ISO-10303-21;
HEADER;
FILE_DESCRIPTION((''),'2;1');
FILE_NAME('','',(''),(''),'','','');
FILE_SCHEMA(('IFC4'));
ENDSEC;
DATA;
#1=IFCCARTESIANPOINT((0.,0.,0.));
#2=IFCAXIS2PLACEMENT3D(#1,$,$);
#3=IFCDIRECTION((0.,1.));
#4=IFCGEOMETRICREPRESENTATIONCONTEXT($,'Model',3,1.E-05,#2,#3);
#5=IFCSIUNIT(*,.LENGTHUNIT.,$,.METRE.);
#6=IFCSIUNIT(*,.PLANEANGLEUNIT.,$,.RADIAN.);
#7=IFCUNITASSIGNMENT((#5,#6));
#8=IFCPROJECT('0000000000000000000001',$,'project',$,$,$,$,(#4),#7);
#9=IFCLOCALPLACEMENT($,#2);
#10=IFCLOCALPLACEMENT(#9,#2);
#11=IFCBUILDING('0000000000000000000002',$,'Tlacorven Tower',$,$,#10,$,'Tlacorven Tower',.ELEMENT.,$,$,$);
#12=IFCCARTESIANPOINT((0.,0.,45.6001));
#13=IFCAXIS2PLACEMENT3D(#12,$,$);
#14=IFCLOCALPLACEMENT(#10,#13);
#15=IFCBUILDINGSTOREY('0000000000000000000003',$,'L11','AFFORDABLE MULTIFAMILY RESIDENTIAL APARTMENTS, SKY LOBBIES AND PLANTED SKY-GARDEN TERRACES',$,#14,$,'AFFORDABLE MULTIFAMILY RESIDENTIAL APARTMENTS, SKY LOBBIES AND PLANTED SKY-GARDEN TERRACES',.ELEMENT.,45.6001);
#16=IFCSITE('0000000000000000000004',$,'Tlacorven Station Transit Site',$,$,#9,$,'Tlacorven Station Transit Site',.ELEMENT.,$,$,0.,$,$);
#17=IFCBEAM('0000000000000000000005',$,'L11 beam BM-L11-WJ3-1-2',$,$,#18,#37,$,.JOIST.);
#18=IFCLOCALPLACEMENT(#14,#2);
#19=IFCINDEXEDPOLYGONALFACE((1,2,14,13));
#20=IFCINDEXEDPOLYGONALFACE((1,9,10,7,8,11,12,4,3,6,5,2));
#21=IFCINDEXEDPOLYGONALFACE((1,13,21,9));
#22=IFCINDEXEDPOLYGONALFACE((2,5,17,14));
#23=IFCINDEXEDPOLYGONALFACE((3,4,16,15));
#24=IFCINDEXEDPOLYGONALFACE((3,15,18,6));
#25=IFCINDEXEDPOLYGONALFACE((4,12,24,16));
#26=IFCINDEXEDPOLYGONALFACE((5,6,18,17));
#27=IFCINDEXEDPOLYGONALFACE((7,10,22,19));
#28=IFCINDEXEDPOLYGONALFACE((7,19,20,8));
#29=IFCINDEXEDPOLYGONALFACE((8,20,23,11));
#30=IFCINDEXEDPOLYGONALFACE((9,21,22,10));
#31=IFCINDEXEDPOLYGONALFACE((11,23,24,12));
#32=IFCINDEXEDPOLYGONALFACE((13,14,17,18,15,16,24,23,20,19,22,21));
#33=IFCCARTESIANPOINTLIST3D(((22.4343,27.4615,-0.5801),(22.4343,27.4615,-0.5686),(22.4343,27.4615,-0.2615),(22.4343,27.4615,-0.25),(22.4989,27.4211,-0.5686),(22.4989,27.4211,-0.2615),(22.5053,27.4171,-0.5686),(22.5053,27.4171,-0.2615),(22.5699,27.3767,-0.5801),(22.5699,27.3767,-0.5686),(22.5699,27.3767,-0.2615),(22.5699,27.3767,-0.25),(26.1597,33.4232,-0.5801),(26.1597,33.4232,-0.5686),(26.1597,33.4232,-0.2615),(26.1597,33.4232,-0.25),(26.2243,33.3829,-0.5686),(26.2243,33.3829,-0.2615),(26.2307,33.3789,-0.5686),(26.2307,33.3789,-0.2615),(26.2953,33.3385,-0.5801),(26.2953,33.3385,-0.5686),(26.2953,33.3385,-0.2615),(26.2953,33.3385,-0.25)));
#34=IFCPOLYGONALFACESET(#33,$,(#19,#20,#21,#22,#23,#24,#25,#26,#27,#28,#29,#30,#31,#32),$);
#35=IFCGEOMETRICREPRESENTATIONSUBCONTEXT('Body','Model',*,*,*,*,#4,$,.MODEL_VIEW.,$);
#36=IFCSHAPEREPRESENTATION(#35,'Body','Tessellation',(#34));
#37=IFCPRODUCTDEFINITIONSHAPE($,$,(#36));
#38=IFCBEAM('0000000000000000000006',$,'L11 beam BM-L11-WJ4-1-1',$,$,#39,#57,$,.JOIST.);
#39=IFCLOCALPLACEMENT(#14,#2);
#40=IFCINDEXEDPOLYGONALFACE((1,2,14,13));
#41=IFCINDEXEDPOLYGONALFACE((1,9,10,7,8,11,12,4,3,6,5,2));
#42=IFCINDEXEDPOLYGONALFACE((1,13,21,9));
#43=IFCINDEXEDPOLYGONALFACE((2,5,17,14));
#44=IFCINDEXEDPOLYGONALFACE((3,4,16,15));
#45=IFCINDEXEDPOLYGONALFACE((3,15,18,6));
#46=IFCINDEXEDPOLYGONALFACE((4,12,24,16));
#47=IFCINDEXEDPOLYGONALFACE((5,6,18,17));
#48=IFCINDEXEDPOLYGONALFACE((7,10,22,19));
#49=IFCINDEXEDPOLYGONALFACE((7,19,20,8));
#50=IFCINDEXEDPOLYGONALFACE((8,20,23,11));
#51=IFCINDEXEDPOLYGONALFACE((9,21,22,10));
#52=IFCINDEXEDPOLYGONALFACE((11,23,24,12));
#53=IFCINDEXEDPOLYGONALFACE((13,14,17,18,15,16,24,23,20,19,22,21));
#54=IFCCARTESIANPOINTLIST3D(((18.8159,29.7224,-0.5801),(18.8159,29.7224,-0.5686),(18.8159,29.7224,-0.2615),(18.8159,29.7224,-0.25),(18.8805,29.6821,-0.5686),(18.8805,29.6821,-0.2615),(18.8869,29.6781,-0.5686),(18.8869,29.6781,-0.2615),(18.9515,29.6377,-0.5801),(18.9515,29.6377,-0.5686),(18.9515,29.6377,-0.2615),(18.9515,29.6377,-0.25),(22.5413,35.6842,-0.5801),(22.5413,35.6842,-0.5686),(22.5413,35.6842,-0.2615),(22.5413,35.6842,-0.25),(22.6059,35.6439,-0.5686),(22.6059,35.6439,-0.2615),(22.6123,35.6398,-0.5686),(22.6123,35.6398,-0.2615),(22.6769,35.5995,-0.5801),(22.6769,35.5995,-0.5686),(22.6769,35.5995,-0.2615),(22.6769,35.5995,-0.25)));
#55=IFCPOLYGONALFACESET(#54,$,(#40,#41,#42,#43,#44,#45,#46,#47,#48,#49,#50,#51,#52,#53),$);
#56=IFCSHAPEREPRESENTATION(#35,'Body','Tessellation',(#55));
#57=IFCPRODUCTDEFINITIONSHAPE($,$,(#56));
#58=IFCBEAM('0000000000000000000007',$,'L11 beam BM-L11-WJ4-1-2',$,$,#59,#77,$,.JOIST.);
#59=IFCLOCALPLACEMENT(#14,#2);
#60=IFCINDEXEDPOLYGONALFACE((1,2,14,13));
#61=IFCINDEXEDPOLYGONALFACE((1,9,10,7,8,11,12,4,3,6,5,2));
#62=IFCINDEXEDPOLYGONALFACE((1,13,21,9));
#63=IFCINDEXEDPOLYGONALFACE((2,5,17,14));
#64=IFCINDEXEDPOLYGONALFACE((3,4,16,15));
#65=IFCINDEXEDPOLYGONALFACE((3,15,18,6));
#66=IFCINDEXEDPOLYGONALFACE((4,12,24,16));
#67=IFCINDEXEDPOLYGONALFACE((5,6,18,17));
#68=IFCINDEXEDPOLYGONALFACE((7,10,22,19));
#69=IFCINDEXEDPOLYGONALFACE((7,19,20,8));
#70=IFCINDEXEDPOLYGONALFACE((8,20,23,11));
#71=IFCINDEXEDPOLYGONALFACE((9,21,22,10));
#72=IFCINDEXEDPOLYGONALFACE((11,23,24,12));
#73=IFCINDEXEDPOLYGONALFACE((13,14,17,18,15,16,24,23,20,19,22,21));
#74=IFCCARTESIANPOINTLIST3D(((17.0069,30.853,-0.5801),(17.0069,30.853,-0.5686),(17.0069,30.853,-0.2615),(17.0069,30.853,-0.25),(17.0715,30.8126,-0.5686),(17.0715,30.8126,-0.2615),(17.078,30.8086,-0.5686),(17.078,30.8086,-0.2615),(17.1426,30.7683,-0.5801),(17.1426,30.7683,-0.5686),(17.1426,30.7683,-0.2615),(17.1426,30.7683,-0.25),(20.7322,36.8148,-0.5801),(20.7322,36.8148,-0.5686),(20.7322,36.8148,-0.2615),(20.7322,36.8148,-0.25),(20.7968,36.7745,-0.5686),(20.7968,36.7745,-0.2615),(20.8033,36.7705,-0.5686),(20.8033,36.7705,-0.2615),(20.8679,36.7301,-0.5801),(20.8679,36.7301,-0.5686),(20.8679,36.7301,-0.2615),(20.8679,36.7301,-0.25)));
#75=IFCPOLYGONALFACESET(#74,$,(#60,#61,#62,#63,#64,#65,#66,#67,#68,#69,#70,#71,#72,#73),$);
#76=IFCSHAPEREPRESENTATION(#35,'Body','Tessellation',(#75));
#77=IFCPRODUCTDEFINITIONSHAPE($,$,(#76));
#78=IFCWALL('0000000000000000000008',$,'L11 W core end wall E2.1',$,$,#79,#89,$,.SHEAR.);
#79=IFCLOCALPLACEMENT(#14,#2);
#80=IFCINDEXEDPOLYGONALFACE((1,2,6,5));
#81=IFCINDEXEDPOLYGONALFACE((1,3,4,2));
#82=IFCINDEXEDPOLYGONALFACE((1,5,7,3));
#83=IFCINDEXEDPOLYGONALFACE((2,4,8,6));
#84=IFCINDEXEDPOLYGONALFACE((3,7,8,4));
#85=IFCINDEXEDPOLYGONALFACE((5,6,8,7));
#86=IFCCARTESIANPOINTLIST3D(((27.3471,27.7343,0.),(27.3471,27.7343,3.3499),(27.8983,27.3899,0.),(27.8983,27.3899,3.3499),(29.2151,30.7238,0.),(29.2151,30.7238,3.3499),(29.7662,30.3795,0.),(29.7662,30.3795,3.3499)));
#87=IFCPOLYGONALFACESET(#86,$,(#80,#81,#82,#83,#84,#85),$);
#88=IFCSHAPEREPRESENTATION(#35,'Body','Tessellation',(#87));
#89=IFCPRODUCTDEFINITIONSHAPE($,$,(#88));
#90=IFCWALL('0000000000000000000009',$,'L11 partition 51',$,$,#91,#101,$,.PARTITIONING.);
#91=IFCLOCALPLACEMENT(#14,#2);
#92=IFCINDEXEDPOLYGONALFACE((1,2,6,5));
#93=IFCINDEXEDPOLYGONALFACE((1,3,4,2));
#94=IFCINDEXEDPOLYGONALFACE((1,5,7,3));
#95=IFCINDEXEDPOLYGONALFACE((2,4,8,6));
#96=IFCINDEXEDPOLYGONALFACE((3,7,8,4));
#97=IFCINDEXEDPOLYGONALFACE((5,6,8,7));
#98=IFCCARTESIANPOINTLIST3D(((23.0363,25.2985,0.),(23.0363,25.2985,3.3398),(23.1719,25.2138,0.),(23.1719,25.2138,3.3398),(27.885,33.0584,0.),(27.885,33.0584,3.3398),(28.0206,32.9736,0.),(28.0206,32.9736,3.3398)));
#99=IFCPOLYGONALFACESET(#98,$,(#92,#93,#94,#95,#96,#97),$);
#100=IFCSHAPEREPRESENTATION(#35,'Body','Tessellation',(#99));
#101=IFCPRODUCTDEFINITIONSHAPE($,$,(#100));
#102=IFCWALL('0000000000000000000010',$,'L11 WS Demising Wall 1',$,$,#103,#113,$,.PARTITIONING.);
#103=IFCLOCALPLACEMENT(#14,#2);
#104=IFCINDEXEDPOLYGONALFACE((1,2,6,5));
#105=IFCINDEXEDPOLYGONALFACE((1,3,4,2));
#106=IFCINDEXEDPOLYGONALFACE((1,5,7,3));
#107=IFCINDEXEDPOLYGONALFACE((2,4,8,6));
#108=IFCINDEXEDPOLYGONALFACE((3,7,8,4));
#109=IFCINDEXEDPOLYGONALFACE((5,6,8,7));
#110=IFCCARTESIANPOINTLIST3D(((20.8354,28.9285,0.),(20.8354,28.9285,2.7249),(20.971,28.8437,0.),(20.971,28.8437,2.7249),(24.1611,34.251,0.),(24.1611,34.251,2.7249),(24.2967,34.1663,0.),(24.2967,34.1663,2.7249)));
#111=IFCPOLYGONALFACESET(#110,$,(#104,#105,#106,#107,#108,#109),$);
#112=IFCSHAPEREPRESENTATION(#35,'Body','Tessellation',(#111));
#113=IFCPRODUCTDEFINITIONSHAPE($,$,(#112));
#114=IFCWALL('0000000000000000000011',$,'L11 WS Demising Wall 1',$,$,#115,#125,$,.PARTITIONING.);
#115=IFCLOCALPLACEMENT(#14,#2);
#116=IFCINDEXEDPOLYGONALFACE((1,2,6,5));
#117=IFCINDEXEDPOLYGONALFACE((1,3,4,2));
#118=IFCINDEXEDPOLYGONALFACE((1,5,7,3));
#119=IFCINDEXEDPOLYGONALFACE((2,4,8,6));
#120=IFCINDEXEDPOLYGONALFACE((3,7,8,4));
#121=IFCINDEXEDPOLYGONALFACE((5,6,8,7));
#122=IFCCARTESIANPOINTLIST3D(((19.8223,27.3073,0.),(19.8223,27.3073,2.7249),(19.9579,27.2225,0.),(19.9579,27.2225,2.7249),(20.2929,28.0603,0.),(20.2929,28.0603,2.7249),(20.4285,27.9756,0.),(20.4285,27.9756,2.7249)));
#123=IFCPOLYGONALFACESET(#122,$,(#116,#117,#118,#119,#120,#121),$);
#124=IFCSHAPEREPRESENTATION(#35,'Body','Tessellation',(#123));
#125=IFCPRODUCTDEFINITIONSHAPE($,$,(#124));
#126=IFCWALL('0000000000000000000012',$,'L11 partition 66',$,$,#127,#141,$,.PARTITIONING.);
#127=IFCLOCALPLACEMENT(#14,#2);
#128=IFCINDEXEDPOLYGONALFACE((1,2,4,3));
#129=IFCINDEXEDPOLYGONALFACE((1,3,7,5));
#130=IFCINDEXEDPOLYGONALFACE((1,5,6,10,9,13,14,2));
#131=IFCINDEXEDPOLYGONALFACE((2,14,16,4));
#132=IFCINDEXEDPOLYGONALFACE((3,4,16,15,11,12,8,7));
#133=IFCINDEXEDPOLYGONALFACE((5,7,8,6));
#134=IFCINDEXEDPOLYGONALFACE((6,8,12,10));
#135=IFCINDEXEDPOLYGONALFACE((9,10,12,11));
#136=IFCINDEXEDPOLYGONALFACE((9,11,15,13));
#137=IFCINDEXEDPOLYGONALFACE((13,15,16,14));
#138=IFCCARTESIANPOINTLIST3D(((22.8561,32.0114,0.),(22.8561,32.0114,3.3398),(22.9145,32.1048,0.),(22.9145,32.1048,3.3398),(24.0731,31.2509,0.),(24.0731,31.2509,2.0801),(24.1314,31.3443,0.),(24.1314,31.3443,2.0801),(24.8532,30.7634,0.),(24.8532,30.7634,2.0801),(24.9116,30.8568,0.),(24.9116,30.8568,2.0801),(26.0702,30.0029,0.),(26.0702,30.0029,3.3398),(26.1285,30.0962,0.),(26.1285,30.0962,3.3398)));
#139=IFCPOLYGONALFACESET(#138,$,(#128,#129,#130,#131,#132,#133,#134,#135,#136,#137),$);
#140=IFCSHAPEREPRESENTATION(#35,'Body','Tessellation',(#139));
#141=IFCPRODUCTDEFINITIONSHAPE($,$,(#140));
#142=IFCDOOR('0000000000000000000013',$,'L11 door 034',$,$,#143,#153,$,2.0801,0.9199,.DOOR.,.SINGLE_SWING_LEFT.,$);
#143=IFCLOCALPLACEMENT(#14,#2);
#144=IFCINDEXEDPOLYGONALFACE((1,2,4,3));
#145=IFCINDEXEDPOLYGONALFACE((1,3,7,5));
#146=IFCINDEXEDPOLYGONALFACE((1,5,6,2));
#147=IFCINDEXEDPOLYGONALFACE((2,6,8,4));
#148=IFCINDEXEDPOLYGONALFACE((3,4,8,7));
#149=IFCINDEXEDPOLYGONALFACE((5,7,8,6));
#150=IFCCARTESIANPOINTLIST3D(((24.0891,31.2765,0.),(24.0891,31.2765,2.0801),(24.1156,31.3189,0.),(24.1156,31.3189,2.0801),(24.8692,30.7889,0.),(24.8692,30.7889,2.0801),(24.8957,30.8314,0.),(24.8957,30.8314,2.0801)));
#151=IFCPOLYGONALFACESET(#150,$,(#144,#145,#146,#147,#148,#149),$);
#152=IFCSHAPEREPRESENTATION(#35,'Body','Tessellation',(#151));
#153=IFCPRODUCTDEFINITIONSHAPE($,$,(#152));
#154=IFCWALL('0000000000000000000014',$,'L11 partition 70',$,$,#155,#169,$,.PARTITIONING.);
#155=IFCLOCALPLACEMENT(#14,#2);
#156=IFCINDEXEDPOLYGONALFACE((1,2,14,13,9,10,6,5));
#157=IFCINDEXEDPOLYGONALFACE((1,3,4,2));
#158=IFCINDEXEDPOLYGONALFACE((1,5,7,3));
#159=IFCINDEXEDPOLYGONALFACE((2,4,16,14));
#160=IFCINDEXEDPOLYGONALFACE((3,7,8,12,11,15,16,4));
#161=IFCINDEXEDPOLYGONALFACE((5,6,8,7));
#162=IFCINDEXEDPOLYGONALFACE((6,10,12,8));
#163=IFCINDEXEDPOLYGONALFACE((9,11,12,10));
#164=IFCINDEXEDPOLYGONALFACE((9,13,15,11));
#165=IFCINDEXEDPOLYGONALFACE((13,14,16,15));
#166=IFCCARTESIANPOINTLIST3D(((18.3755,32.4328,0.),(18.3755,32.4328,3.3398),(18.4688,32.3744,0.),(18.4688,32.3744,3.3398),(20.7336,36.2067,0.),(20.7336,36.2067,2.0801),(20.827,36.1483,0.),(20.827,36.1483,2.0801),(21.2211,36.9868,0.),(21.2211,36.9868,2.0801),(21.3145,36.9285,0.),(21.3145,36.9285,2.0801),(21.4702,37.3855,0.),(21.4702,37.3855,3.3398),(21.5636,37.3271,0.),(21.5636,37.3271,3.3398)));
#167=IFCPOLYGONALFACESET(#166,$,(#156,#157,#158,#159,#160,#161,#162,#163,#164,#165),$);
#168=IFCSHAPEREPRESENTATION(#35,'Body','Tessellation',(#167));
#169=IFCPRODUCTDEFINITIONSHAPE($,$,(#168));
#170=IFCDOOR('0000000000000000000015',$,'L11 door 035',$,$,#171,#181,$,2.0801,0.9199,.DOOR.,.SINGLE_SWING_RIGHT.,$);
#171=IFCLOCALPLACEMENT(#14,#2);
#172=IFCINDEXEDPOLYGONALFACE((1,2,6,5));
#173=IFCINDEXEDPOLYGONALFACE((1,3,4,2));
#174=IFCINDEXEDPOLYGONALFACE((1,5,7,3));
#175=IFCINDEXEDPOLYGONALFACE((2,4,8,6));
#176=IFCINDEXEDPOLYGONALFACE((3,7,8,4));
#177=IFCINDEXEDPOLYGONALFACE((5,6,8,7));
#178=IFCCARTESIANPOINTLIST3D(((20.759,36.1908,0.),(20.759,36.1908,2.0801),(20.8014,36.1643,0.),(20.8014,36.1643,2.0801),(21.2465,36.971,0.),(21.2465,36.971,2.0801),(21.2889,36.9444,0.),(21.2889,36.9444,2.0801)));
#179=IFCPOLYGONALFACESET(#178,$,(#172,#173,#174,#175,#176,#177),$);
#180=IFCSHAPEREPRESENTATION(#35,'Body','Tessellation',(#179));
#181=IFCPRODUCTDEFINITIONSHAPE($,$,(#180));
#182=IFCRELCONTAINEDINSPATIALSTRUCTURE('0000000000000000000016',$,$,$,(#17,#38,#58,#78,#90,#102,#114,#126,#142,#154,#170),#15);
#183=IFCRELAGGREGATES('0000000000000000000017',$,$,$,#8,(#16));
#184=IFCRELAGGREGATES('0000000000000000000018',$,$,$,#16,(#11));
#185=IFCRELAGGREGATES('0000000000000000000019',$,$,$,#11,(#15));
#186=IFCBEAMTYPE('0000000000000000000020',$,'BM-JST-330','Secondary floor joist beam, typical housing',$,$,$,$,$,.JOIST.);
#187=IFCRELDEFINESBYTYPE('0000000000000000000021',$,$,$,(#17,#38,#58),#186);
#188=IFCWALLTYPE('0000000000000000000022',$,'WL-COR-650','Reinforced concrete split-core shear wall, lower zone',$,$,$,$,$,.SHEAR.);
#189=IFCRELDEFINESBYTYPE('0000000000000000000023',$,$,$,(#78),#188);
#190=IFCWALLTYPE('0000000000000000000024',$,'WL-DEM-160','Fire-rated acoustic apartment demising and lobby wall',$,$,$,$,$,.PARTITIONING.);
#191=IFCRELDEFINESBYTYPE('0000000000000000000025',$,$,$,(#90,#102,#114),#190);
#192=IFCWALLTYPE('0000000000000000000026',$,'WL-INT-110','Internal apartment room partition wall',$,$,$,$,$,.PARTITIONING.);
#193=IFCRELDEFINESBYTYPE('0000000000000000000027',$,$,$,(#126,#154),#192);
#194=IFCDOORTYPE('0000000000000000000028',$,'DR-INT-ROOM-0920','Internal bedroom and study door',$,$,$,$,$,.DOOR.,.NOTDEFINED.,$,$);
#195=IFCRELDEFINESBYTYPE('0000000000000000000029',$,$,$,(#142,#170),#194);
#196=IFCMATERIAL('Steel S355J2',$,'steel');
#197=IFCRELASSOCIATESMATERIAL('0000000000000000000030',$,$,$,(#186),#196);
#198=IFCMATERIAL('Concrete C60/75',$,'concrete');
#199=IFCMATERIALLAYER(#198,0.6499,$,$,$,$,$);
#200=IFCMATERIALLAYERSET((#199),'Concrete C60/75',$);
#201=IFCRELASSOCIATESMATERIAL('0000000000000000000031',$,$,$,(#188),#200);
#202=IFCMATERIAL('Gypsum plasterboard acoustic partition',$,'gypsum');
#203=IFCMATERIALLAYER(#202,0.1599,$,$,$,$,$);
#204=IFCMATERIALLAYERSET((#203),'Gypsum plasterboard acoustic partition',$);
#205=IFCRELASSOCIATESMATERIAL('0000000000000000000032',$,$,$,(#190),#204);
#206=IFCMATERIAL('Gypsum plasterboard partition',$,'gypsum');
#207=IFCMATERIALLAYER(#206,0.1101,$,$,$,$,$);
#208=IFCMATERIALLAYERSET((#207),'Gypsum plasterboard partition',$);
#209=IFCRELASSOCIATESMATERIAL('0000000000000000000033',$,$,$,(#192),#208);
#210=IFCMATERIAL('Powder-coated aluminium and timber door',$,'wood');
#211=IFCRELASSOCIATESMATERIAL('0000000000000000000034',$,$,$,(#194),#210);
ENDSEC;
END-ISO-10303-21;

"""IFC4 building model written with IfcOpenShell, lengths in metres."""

from ifc_helpers import new_model, si_unit, direction, frame, frame_2d, origin, origin_2d, place, context, subcontext, project, spatial, rectangle, i_section, extrude, source, transform, mapped, material, layer, layer_set, material_profile, profile_set, type_object, element, fill, save


model = new_model("IFC4")

# Units and contexts
model_context = context("Model", 3, precision=1e-05, world=origin(), true_north=direction((0.0, 1.0)))
body_context = subcontext(model_context, "Body", "Model", "MODEL_VIEW")
ifc_project = project(units=[si_unit("LENGTHUNIT", "METRE"), si_unit("PLANEANGLEUNIT", "RADIAN")], contexts=[model_context])

# Site, building, storey
site_placement = place(None, origin())
site = spatial("IfcSite", under=ifc_project, at=site_placement, Name="Tlacorven Station Transit Site", LongName="Tlacorven Station Transit Site", CompositionType="ELEMENT", RefElevation=0.0)
building_placement = place(site_placement, origin())
building = spatial("IfcBuilding", under=site, at=building_placement, Name="Tlacorven Tower", LongName="Tlacorven Tower", CompositionType="ELEMENT")
storey_placement = place(building_placement, frame((0.0, 0.0, 45.6001)))
storey = spatial("IfcBuildingStorey", under=building, at=storey_placement, Name="L11", Description="AFFORDABLE MULTIFAMILY RESIDENTIAL APARTMENTS, SKY LOBBIES AND PLANTED SKY-GARDEN TERRACES", LongName="AFFORDABLE MULTIFAMILY RESIDENTIAL APARTMENTS, SKY LOBBIES AND PLANTED SKY-GARDEN TERRACES", CompositionType="ELEMENT", Elevation=45.6001)

# Beams
ifc_material_1 = material(Name="Steel S355J2", Category="steel")
ifc_material_profile_1 = material_profile(ifc_material_1, i_section(OverallWidth=0.1599, OverallDepth=0.3301, WebThickness=0.0076, FlangeThickness=0.0115, at=origin_2d()), Name="IPE 330")
ifc_profile_set_1 = profile_set([ifc_material_profile_1], Name="Steel S355J2")
beam_type_1 = type_object("IfcBeamType", Name="BM-JST-330", Description="Secondary floor joist beam, typical housing", PredefinedType="JOIST", material=ifc_profile_set_1)
shared_shape_1 = source(origin(), body_context, "Body", "SweptSolid", [
    extrude(i_section(OverallWidth=0.1599, OverallDepth=0.3301, WebThickness=0.0076, FlangeThickness=0.0115, at=origin_2d()), origin(), (0.0, 0.0, 1.0), 7.03),
])
for number, where, z_axis, x_axis, name in (
    (1, (26.2275, 33.3809, -0.415), (-0.529927, -0.848043, 0.0), (0.848043, -0.529927, 0.0), "L11 beam BM-L11-WJ3-1-2"),
    (2, (22.6091, 35.6418, -0.415), (-0.529927, -0.848043, 0.0), (0.848043, -0.529927, 0.0), "L11 beam BM-L11-WJ4-1-1"),
    (3, (20.8, 36.7725, -0.415), (-0.529912, -0.848053, 0.0), (0.848053, -0.529912, 0.0), "L11 beam BM-L11-WJ4-1-2"),
):
    element("IfcBeam", number, at=place(storey_placement, frame(where, z_axis=z_axis, x_axis=x_axis)), inside=storey, type_object=beam_type_1, Name=name, PredefinedType="JOIST", context=body_context, shape_type="MappedRepresentation", body=[
        mapped(shared_shape_1, transform((0.0, 0.0, 0.0), scale=1.0)),
    ])

# Walls
ifc_material_2 = material(Name="Concrete C60/75", Category="concrete")
ifc_layer_1 = layer(ifc_material_2, 0.6499)
ifc_layer_set_1 = layer_set([ifc_layer_1], Name="Concrete C60/75")
wall_type_1 = type_object("IfcWallType", Name="WL-COR-650", Description="Reinforced concrete split-core shear wall, lower zone", PredefinedType="SHEAR", material=ifc_layer_set_1)
wall_1_placement = place(storey_placement, frame((29.4907, 30.5518, 0.0), z_axis=(0.0, 0.0, 1.0), x_axis=(-0.529893, -0.848064, 0.0)))
element("IfcWall", 4, at=wall_1_placement, inside=storey, type_object=wall_type_1, Name="L11 W core end wall E2.1", PredefinedType="SHEAR", context=body_context, shape_type="SweptSolid", body=[
    extrude(rectangle(XDim=3.5251, YDim=0.6499, at=frame_2d((1.7627, 0.0))), origin(), (0.0, 0.0, 1.0), 3.3499),
])
ifc_material_3 = material(Name="Gypsum plasterboard acoustic partition", Category="gypsum")
ifc_layer_2 = layer(ifc_material_3, 0.1599)
ifc_layer_set_2 = layer_set([ifc_layer_2], Name="Gypsum plasterboard acoustic partition")
wall_type_2 = type_object("IfcWallType", Name="WL-DEM-160", Description="Fire-rated acoustic apartment demising and lobby wall", PredefinedType="PARTITIONING", material=ifc_layer_set_2)
wall_2_placement = place(storey_placement, frame((27.9529, 33.0161, 0.0), z_axis=(0.0, 0.0, 1.0), x_axis=(-0.529903, -0.848058, 0.0)))
element("IfcWall", 5, at=wall_2_placement, inside=storey, type_object=wall_type_2, Name="L11 partition 51", PredefinedType="PARTITIONING", context=body_context, shape_type="SweptSolid", body=[
    extrude(rectangle(XDim=9.1501, YDim=0.1599, at=frame_2d((4.5752, 0.0))), origin(), (0.0, 0.0, 1.0), 3.3398),
])
wall_3_placement = place(storey_placement, frame((24.229, 34.2087, 0.0), z_axis=(0.0, 0.0, 1.0), x_axis=(-0.529898, -0.848062, 0.0)))
element("IfcWall", 6, at=wall_3_placement, inside=storey, type_object=wall_type_2, Name="L11 WS Demising Wall 1", PredefinedType="PARTITIONING", context=body_context, shape_type="SweptSolid", body=[
    extrude(rectangle(XDim=6.2761, YDim=0.1599, at=frame_2d((3.1382, 0.0))), origin(), (0.0, 0.0, 1.0), 2.7249),
])
wall_4_placement = place(storey_placement, frame((20.3606, 28.0178, 0.0), z_axis=(0.0, 0.0, 1.0), x_axis=(-0.5299, -0.84806, 0.0)))
element("IfcWall", 7, at=wall_4_placement, inside=storey, type_object=wall_type_2, Name="L11 WS Demising Wall 1", PredefinedType="PARTITIONING", context=body_context, shape_type="SweptSolid", body=[
    extrude(rectangle(XDim=0.8879, YDim=0.1599, at=frame_2d((0.4438, 0.0))), origin(), (0.0, 0.0, 1.0), 2.7249),
])

# Walls, openings, doors
ifc_material_4 = material(Name="Gypsum plasterboard partition", Category="gypsum")
ifc_layer_3 = layer(ifc_material_4, 0.1101)
ifc_layer_set_3 = layer_set([ifc_layer_3], Name="Gypsum plasterboard partition")
wall_type_3 = type_object("IfcWallType", Name="WL-INT-110", Description="Internal apartment room partition wall", PredefinedType="PARTITIONING", material=ifc_layer_set_3)
wall_5_placement = place(storey_placement, frame((26.0994, 30.0496, 0.0), z_axis=(0.0, 0.0, 1.0), x_axis=(-0.848031, 0.529947, 0.0)))
wall_5 = element("IfcWall", 8, at=wall_5_placement, inside=storey, type_object=wall_type_3, Name="L11 partition 66", PredefinedType="PARTITIONING", context=body_context, shape_type="SweptSolid", body=[
    extrude(rectangle(XDim=3.79, YDim=0.1101, at=frame_2d((1.895, 0.0))), origin(), (0.0, 0.0, 1.0), 3.3398),
])
opening_1_placement = place(wall_5_placement, frame((1.4351, 0.0, 0.0)))
opening_1 = element("IfcOpeningElement", 9, at=opening_1_placement, cuts=wall_5, PredefinedType="OPENING", context=body_context, shape_type="SweptSolid", body=[
    extrude(rectangle(XDim=0.9199, YDim=2.0801, at=frame_2d((0.46, 1.04))), frame((0.0, 0.0649, 0.0), z_axis=(0.0, -1.0, 0.0), x_axis=(1.0, 0.0, 0.0)), (0.0, 0.0, 1.0), 0.1301),
])
ifc_material_5 = material(Name="Powder-coated aluminium and timber door", Category="wood")
door_type_1 = type_object("IfcDoorType", Name="DR-INT-ROOM-0920", Description="Internal bedroom and study door", OperationType="NOTDEFINED", PredefinedType="DOOR", material=ifc_material_5)
shared_shape_2 = source(origin(), body_context, "Body", "SweptSolid", [
    extrude(rectangle(XDim=0.9199, YDim=2.0801, at=frame_2d((0.46, 1.04))), frame((0.0, 0.0249, 0.0), z_axis=(0.0, -1.0, 0.0), x_axis=(1.0, 0.0, 0.0)), (0.0, 0.0, 1.0), 0.05),
])
door_1_placement = place(opening_1_placement, origin())
door_1 = element("IfcDoor", 10, at=door_1_placement, inside=storey, type_object=door_type_1, Name="L11 door 034", OperationType="SINGLE_SWING_LEFT", OverallHeight=2.0801, OverallWidth=0.9199, PredefinedType="DOOR", context=body_context, shape_type="MappedRepresentation", body=[
    mapped(shared_shape_2, transform((0.0, 0.0, 0.0), scale=1.0)),
])
fill(opening_1, door_1)
wall_6_placement = place(storey_placement, frame((21.5168, 37.3562, 0.0), z_axis=(0.0, 0.0, 1.0), x_axis=(-0.529916, -0.84805, 0.0)))
wall_6 = element("IfcWall", 11, at=wall_6_placement, inside=storey, type_object=wall_type_3, Name="L11 partition 70", PredefinedType="PARTITIONING", context=body_context, shape_type="SweptSolid", body=[
    extrude(rectangle(XDim=5.8401, YDim=0.1101, at=frame_2d((2.9199, 0.0))), origin(), (0.0, 0.0, 1.0), 3.3398),
])
opening_2_placement = place(wall_6_placement, frame((0.47, 0.0, 0.0)))
opening_2 = element("IfcOpeningElement", 12, at=opening_2_placement, cuts=wall_6, PredefinedType="OPENING", context=body_context, shape_type="SweptSolid", body=[
    extrude(rectangle(XDim=0.9199, YDim=2.0801, at=frame_2d((0.46, 1.04))), frame((0.0, 0.0649, 0.0), z_axis=(0.0, -1.0, 0.0), x_axis=(1.0, 0.0, 0.0)), (0.0, 0.0, 1.0), 0.1301),
])
door_2_placement = place(opening_2_placement, origin())
door_2 = element("IfcDoor", 13, at=door_2_placement, inside=storey, type_object=door_type_1, Name="L11 door 035", OperationType="SINGLE_SWING_RIGHT", OverallHeight=2.0801, OverallWidth=0.9199, PredefinedType="DOOR", context=body_context, shape_type="MappedRepresentation", body=[
    mapped(shared_shape_2, transform((0.0, 0.0, 0.0), scale=1.0)),
])
fill(opening_2, door_2)

save(model, "model.ifc")
